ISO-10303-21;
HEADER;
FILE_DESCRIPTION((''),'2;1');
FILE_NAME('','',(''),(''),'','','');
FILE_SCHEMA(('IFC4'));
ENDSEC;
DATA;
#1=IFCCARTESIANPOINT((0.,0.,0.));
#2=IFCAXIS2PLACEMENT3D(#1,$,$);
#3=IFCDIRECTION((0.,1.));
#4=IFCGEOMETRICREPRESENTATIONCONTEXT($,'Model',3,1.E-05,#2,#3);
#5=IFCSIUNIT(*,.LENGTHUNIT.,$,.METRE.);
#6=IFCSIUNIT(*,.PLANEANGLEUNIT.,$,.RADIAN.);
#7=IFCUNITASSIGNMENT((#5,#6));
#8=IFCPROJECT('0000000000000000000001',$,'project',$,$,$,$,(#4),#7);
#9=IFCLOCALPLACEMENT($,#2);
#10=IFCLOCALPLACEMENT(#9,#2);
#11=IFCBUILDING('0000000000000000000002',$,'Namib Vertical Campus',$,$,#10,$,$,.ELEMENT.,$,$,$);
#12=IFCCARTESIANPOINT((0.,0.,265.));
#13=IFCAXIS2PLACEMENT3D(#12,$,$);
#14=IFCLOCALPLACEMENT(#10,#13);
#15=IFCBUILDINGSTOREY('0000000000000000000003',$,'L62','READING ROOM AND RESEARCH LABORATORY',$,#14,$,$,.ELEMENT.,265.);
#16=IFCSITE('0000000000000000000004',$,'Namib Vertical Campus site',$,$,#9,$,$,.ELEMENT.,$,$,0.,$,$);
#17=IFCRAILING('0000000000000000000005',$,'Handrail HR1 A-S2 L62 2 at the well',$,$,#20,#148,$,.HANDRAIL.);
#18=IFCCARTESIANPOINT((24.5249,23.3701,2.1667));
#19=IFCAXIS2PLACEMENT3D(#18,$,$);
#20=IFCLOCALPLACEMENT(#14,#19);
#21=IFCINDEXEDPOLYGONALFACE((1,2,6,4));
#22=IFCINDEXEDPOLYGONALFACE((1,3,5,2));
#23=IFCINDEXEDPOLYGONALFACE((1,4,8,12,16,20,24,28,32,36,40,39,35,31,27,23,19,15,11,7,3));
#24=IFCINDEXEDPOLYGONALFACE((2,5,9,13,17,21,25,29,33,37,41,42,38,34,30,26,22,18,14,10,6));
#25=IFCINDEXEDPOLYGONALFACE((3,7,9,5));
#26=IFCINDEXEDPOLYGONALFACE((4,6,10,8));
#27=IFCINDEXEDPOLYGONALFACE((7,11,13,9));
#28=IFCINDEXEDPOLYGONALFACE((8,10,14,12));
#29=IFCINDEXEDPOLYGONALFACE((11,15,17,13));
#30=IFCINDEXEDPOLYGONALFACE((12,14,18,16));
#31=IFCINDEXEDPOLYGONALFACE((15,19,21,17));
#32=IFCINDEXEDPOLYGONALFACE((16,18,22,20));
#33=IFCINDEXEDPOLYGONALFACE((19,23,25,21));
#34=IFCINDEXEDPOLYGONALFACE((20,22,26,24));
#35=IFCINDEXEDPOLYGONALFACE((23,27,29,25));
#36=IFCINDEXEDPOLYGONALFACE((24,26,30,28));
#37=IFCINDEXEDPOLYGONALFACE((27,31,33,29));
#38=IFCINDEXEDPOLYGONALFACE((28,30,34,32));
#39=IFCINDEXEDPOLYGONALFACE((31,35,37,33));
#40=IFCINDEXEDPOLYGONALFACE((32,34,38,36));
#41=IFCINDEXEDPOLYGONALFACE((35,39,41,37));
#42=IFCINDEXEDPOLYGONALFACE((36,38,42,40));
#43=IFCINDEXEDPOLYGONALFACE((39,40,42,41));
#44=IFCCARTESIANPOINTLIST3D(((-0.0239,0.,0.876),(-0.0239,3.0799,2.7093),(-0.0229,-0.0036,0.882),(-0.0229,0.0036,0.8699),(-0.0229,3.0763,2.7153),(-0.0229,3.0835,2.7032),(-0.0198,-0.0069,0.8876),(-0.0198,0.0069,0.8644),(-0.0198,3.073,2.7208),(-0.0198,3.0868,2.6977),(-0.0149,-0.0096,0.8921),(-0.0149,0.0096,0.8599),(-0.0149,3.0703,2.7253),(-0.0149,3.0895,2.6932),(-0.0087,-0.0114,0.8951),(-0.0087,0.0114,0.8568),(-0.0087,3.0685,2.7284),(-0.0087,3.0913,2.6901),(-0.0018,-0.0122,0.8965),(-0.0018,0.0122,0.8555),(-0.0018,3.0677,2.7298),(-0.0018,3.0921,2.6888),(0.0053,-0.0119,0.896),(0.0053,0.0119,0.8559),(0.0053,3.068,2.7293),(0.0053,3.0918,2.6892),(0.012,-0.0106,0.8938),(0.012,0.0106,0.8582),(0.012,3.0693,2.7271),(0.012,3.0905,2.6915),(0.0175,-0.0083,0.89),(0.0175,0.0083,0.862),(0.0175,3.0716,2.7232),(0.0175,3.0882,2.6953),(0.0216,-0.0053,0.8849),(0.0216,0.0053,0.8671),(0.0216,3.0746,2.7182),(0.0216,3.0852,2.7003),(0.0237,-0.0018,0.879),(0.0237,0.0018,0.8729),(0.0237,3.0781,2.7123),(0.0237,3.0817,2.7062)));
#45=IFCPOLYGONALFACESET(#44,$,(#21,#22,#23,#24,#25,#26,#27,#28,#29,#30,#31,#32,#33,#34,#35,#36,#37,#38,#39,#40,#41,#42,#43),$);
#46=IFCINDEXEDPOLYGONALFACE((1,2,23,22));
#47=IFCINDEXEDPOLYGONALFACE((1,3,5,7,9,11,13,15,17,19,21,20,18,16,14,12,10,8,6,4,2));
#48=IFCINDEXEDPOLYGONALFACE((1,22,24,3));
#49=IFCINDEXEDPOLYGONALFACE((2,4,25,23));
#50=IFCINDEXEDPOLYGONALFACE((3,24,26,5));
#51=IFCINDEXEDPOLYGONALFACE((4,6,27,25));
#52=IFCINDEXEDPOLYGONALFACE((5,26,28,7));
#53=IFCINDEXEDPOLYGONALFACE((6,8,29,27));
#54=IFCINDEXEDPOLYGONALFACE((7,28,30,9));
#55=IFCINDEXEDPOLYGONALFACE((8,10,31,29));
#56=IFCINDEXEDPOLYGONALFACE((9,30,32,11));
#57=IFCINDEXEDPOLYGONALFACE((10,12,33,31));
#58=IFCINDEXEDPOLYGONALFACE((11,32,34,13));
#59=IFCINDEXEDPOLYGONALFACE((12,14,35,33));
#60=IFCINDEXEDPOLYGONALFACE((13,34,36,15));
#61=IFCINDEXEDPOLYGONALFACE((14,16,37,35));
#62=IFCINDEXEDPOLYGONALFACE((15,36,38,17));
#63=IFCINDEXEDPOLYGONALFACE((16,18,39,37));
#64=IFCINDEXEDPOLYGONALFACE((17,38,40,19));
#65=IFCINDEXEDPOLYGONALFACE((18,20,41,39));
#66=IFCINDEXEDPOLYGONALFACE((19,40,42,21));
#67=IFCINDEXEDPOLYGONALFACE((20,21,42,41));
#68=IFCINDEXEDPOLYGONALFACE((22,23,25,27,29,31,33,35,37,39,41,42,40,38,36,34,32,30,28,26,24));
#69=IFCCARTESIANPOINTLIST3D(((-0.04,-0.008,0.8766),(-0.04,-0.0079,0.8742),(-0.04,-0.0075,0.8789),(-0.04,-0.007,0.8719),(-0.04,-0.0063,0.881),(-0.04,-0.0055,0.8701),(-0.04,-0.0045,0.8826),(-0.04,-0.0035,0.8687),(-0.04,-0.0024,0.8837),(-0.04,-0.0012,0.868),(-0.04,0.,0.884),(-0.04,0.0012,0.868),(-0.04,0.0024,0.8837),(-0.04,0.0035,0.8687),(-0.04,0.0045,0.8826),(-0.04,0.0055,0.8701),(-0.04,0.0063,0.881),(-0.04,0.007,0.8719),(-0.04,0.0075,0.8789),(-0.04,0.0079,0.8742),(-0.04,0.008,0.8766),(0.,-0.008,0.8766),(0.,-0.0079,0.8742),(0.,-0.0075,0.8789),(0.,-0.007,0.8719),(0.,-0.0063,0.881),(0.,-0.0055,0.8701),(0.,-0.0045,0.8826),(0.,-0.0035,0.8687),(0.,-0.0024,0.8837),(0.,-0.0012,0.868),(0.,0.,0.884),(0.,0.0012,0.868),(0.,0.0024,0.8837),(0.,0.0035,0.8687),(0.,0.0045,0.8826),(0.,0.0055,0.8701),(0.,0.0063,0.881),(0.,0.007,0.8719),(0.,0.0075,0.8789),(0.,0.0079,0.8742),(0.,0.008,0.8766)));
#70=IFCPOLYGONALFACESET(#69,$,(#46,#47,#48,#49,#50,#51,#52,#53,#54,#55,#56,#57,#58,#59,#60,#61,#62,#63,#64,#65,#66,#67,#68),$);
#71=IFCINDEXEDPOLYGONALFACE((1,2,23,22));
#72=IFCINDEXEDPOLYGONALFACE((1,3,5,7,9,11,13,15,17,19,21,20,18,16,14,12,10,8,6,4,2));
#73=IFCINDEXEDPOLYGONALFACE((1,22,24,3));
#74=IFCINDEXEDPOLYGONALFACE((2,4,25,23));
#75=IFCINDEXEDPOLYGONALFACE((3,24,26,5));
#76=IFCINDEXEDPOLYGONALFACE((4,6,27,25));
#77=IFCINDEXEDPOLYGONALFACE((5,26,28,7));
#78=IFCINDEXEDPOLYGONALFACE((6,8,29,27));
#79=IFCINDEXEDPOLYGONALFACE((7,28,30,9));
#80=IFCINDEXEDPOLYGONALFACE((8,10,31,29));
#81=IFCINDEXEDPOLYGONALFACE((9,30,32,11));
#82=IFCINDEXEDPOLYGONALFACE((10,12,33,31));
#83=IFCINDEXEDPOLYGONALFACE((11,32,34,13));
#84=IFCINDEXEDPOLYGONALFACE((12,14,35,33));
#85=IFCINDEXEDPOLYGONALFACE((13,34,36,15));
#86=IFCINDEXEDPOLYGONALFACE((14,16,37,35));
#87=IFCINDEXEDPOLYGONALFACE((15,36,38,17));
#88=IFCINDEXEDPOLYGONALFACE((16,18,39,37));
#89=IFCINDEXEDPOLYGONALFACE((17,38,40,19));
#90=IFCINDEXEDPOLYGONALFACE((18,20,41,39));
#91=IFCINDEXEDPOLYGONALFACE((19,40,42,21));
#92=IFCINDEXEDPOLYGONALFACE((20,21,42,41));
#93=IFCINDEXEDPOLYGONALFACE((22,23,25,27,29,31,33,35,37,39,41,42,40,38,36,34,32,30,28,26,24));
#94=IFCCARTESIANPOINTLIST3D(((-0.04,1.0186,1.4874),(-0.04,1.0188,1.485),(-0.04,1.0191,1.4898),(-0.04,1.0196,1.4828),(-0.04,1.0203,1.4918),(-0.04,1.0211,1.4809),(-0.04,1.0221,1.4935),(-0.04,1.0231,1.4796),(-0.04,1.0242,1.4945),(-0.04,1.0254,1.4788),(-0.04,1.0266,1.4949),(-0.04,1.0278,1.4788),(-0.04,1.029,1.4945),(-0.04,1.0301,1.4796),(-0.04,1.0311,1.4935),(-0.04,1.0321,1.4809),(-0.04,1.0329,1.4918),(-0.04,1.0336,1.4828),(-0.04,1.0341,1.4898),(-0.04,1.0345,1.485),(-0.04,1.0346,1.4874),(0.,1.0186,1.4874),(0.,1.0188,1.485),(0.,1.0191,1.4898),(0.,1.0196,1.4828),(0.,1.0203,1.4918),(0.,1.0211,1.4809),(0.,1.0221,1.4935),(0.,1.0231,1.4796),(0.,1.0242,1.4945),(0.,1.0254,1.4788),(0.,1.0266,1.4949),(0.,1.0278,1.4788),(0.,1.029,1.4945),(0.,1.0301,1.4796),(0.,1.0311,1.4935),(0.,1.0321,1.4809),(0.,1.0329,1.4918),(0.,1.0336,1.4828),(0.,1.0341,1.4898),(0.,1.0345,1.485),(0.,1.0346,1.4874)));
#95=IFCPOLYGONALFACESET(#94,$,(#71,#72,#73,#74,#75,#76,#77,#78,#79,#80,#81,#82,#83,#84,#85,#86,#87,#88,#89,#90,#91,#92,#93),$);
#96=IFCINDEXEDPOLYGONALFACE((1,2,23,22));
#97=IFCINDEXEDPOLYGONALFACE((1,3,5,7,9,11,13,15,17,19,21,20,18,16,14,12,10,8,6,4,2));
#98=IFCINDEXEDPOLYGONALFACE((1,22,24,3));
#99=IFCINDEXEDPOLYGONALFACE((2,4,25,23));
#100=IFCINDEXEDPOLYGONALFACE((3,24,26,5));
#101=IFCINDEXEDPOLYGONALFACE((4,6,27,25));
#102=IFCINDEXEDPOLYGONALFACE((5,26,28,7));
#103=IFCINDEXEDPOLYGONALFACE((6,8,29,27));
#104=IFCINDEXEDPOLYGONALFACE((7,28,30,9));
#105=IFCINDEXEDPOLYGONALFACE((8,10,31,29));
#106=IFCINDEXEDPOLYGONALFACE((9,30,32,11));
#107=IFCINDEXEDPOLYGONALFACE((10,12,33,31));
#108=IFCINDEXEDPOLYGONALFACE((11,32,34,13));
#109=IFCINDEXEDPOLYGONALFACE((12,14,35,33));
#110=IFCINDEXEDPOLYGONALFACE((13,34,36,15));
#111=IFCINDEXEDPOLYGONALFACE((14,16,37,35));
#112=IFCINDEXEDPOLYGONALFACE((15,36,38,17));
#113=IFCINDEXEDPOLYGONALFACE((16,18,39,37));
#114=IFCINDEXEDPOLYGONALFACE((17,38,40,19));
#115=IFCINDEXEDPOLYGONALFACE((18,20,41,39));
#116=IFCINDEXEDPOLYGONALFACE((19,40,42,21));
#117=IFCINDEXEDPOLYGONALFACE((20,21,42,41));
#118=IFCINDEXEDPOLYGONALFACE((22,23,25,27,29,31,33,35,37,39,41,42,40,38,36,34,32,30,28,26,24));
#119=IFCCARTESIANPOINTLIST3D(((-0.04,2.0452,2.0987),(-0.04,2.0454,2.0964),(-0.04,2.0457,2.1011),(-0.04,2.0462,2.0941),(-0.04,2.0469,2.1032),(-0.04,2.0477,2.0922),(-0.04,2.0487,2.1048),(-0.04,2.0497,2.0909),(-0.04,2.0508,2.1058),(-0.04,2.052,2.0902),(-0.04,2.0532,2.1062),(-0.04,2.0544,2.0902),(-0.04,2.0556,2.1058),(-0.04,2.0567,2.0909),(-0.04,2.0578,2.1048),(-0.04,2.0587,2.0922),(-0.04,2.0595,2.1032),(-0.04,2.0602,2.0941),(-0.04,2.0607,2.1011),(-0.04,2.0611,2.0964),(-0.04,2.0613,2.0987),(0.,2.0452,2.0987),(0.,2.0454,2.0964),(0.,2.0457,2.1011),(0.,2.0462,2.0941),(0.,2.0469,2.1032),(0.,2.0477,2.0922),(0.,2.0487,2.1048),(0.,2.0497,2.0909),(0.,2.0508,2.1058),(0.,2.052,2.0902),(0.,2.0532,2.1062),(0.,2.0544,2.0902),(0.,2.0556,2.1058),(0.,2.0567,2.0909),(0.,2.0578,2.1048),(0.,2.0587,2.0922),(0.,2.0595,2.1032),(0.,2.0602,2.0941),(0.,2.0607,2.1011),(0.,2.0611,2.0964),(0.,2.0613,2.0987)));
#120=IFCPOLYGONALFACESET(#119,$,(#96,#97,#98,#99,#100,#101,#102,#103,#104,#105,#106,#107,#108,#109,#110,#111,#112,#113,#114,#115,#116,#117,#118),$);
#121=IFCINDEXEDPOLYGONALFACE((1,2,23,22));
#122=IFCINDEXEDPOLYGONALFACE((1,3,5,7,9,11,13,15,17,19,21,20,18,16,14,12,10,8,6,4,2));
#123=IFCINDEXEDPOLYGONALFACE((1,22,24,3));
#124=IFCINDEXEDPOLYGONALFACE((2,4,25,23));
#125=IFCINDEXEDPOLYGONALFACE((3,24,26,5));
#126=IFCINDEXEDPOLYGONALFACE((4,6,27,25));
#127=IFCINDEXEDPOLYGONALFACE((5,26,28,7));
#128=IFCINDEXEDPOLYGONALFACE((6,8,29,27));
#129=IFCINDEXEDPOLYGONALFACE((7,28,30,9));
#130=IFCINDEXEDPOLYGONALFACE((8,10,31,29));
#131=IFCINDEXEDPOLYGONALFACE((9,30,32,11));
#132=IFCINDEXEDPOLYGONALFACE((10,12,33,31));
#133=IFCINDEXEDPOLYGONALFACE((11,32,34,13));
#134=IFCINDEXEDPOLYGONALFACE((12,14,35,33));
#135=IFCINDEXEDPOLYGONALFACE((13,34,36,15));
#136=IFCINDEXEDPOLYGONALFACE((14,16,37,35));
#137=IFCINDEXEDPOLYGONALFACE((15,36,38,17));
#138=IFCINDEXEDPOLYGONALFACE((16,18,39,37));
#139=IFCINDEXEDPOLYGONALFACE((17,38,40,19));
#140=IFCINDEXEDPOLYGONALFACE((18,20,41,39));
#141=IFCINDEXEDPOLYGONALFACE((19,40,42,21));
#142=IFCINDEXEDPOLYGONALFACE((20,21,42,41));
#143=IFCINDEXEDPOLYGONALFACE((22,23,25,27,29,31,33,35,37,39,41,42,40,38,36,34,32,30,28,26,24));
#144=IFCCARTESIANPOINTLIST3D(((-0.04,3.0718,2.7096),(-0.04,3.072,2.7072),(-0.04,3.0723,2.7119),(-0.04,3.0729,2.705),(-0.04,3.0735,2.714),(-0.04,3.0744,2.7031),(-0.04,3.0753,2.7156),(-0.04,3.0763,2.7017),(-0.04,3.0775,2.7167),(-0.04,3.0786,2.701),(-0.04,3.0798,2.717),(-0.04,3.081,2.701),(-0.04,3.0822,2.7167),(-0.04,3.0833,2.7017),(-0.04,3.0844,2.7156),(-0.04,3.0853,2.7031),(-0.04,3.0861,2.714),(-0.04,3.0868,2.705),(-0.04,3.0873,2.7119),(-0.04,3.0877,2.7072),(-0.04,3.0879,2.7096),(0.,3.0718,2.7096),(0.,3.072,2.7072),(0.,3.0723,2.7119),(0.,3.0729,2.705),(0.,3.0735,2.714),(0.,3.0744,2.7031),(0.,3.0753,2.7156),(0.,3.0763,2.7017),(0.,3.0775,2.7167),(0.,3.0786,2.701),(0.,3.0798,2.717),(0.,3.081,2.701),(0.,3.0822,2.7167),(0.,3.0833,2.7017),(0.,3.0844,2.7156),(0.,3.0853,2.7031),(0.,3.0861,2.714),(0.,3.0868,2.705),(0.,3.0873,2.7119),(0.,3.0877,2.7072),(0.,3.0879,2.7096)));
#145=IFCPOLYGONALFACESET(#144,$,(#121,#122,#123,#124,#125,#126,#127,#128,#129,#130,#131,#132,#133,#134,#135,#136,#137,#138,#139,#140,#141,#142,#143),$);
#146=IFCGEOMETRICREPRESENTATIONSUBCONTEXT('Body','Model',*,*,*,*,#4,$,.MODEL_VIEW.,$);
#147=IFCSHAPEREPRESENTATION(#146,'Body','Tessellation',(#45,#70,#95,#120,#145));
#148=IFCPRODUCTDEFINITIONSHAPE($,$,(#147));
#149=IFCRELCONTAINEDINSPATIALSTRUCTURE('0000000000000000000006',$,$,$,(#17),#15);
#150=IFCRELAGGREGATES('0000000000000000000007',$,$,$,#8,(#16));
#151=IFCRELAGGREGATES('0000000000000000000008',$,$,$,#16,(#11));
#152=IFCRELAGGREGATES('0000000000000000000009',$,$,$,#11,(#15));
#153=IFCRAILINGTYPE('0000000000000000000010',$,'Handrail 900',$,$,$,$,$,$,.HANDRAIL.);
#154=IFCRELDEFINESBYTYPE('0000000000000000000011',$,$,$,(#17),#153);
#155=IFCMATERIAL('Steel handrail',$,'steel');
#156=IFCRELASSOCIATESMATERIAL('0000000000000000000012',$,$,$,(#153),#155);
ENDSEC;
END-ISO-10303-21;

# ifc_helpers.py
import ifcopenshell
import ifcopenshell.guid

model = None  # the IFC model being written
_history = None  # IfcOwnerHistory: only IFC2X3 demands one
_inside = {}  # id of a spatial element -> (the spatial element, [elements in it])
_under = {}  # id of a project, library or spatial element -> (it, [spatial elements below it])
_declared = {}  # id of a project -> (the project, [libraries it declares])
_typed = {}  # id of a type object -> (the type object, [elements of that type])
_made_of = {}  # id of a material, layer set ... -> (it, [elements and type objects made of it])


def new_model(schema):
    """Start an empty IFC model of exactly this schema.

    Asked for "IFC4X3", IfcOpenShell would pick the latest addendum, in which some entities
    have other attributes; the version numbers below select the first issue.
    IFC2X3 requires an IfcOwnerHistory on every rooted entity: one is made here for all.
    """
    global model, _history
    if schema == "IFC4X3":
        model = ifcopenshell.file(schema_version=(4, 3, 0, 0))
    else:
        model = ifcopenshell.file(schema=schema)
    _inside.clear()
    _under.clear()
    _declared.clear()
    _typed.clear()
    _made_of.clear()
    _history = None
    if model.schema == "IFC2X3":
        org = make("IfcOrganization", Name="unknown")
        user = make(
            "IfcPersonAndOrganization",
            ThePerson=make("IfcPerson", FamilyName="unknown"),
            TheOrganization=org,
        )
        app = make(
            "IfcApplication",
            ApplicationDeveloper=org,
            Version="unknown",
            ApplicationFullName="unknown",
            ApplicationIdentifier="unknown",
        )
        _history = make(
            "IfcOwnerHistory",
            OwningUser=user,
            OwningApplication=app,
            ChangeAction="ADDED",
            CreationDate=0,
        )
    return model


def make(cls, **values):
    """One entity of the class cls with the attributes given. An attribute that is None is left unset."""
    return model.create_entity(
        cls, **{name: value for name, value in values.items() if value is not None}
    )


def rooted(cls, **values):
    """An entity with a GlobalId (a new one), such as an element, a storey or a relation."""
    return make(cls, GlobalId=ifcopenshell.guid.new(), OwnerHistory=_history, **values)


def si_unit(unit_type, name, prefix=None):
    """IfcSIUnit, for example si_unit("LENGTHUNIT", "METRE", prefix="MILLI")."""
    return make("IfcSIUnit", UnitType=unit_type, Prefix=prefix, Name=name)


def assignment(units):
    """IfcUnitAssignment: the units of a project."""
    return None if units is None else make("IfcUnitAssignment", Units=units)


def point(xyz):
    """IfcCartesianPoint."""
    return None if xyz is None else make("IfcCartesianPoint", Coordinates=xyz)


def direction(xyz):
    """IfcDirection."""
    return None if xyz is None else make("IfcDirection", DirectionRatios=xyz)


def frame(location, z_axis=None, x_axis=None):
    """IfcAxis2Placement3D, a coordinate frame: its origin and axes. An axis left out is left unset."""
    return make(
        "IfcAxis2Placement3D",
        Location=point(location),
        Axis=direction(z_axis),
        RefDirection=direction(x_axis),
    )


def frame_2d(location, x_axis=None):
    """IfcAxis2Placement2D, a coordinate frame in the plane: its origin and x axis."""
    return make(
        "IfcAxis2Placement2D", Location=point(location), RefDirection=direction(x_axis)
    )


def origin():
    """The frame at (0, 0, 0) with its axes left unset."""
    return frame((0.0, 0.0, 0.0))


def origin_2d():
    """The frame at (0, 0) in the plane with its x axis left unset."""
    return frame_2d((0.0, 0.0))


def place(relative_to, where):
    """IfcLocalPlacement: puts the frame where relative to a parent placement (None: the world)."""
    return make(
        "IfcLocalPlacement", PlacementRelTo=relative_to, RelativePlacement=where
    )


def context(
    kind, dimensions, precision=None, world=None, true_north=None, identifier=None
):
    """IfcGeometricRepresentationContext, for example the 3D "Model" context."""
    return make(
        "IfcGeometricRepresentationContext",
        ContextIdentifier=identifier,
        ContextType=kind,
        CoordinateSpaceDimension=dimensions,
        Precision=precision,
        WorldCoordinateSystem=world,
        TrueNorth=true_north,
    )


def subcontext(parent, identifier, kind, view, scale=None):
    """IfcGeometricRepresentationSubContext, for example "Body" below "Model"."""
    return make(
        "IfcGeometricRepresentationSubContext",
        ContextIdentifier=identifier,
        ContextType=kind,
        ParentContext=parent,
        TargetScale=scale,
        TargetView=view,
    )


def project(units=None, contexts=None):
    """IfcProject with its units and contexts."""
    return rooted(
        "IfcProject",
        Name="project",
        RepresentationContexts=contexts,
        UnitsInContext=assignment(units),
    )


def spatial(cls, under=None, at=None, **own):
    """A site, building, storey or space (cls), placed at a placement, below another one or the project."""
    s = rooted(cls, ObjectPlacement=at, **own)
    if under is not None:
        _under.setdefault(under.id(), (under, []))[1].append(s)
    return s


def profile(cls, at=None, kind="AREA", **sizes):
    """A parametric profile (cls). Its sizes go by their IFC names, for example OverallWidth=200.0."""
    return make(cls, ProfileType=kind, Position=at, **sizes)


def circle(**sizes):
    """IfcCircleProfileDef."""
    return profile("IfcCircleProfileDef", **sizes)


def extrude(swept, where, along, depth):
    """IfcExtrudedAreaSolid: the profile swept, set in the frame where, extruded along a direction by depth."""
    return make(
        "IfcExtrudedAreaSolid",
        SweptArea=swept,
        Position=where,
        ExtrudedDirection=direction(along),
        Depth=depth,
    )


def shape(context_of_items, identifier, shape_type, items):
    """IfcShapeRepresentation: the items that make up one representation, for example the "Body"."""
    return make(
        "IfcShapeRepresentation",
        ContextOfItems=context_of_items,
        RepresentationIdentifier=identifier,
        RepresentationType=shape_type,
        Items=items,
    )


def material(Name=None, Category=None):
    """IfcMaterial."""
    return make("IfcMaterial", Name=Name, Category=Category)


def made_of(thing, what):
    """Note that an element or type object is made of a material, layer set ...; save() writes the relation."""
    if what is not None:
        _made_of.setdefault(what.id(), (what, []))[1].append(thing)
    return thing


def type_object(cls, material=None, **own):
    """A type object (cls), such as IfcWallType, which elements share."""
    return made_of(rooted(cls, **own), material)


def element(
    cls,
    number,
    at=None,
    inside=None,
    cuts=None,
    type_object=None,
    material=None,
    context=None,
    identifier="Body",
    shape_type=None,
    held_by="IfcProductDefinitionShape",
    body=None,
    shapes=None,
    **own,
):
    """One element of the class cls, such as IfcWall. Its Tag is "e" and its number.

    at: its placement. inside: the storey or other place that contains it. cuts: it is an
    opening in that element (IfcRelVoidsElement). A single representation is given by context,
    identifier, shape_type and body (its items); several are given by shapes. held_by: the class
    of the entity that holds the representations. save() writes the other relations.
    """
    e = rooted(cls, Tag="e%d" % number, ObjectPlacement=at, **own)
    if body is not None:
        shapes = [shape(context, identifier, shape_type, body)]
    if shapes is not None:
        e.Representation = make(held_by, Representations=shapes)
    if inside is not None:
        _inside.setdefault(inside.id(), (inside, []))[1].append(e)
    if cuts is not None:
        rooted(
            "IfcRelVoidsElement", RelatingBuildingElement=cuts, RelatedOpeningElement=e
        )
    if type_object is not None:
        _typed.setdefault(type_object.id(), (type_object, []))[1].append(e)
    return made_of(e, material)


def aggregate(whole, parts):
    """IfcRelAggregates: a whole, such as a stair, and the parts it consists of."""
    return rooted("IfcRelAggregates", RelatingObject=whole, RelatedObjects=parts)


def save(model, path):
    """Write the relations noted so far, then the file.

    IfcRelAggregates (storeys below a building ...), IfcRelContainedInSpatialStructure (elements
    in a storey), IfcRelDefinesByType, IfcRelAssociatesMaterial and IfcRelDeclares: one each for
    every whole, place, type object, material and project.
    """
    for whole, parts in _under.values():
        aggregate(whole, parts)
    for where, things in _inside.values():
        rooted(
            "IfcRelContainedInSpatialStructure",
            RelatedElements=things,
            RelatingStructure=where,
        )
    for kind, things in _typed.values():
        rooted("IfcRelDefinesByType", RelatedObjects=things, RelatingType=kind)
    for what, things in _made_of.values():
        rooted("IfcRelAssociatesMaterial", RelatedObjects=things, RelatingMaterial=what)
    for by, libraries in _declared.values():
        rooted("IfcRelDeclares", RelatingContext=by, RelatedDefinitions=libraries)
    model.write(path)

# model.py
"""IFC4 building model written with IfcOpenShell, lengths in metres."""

from ifc_helpers import new_model, si_unit, direction, frame, origin, origin_2d, place, context, subcontext, project, spatial, circle, extrude, material, type_object, element, save


model = new_model("IFC4")

# Units and contexts
model_context = context("Model", 3, precision=1e-05, world=origin(), true_north=direction((0.0, 1.0)))
body_context = subcontext(model_context, "Body", "Model", "MODEL_VIEW")
ifc_project = project(units=[si_unit("LENGTHUNIT", "METRE"), si_unit("PLANEANGLEUNIT", "RADIAN")], contexts=[model_context])

# Site, building, storey
site_placement = place(None, origin())
site = spatial("IfcSite", under=ifc_project, at=site_placement, Name="Namib Vertical Campus site", CompositionType="ELEMENT", RefElevation=0.0)
building_placement = place(site_placement, origin())
building = spatial("IfcBuilding", under=site, at=building_placement, Name="Namib Vertical Campus", CompositionType="ELEMENT")
storey_placement = place(building_placement, frame((0.0, 0.0, 265.0)))
storey = spatial("IfcBuildingStorey", under=building, at=storey_placement, Name="L62", Description="READING ROOM AND RESEARCH LABORATORY", CompositionType="ELEMENT", Elevation=265.0)

# Railing
ifc_material_1 = material(Name="Steel handrail", Category="steel")
railing_type_1 = type_object("IfcRailingType", Name="Handrail 900", PredefinedType="HANDRAIL", material=ifc_material_1)
railing_1_placement = place(storey_placement, frame((24.5249, 23.3701, 2.1667)))
element("IfcRailing", 1, at=railing_1_placement, inside=storey, type_object=railing_type_1, Name="Handrail HR1 A-S2 L62 2 at the well", PredefinedType="HANDRAIL", context=body_context, shape_type="SweptSolid", body=[
    extrude(circle(Radius=0.0239, at=origin_2d()), frame((0.0, 0.0, 0.876), z_axis=(0.0, 0.859291, 0.511487), x_axis=(-1.0, 0.0, 0.0)), (0.0, 0.0, 1.0), 3.5842),
    extrude(circle(Radius=0.0081, at=origin_2d()), frame((0.0, 0.0, 0.876), z_axis=(-1.0, 0.0, 0.0), x_axis=(0.0, 0.0, 1.0)), (0.0, 0.0, 1.0), 0.04),
    extrude(circle(Radius=0.0081, at=origin_2d()), frame((0.0, 1.0266, 1.4868), z_axis=(-1.0, 0.0, 0.0), x_axis=(0.0, 0.0, 1.0)), (0.0, 0.0, 1.0), 0.04),
    extrude(circle(Radius=0.0081, at=origin_2d()), frame((0.0, 2.0532, 2.0981), z_axis=(-1.0, 0.0, 0.0), x_axis=(0.0, 0.0, 1.0)), (0.0, 0.0, 1.0), 0.04),
    extrude(circle(Radius=0.0081, at=origin_2d()), frame((0.0, 3.0798, 2.709), z_axis=(-1.0, 0.0, 0.0), x_axis=(0.0, 0.0, 1.0)), (0.0, 0.0, 1.0), 0.04),
])

save(model, "model.ifc")
